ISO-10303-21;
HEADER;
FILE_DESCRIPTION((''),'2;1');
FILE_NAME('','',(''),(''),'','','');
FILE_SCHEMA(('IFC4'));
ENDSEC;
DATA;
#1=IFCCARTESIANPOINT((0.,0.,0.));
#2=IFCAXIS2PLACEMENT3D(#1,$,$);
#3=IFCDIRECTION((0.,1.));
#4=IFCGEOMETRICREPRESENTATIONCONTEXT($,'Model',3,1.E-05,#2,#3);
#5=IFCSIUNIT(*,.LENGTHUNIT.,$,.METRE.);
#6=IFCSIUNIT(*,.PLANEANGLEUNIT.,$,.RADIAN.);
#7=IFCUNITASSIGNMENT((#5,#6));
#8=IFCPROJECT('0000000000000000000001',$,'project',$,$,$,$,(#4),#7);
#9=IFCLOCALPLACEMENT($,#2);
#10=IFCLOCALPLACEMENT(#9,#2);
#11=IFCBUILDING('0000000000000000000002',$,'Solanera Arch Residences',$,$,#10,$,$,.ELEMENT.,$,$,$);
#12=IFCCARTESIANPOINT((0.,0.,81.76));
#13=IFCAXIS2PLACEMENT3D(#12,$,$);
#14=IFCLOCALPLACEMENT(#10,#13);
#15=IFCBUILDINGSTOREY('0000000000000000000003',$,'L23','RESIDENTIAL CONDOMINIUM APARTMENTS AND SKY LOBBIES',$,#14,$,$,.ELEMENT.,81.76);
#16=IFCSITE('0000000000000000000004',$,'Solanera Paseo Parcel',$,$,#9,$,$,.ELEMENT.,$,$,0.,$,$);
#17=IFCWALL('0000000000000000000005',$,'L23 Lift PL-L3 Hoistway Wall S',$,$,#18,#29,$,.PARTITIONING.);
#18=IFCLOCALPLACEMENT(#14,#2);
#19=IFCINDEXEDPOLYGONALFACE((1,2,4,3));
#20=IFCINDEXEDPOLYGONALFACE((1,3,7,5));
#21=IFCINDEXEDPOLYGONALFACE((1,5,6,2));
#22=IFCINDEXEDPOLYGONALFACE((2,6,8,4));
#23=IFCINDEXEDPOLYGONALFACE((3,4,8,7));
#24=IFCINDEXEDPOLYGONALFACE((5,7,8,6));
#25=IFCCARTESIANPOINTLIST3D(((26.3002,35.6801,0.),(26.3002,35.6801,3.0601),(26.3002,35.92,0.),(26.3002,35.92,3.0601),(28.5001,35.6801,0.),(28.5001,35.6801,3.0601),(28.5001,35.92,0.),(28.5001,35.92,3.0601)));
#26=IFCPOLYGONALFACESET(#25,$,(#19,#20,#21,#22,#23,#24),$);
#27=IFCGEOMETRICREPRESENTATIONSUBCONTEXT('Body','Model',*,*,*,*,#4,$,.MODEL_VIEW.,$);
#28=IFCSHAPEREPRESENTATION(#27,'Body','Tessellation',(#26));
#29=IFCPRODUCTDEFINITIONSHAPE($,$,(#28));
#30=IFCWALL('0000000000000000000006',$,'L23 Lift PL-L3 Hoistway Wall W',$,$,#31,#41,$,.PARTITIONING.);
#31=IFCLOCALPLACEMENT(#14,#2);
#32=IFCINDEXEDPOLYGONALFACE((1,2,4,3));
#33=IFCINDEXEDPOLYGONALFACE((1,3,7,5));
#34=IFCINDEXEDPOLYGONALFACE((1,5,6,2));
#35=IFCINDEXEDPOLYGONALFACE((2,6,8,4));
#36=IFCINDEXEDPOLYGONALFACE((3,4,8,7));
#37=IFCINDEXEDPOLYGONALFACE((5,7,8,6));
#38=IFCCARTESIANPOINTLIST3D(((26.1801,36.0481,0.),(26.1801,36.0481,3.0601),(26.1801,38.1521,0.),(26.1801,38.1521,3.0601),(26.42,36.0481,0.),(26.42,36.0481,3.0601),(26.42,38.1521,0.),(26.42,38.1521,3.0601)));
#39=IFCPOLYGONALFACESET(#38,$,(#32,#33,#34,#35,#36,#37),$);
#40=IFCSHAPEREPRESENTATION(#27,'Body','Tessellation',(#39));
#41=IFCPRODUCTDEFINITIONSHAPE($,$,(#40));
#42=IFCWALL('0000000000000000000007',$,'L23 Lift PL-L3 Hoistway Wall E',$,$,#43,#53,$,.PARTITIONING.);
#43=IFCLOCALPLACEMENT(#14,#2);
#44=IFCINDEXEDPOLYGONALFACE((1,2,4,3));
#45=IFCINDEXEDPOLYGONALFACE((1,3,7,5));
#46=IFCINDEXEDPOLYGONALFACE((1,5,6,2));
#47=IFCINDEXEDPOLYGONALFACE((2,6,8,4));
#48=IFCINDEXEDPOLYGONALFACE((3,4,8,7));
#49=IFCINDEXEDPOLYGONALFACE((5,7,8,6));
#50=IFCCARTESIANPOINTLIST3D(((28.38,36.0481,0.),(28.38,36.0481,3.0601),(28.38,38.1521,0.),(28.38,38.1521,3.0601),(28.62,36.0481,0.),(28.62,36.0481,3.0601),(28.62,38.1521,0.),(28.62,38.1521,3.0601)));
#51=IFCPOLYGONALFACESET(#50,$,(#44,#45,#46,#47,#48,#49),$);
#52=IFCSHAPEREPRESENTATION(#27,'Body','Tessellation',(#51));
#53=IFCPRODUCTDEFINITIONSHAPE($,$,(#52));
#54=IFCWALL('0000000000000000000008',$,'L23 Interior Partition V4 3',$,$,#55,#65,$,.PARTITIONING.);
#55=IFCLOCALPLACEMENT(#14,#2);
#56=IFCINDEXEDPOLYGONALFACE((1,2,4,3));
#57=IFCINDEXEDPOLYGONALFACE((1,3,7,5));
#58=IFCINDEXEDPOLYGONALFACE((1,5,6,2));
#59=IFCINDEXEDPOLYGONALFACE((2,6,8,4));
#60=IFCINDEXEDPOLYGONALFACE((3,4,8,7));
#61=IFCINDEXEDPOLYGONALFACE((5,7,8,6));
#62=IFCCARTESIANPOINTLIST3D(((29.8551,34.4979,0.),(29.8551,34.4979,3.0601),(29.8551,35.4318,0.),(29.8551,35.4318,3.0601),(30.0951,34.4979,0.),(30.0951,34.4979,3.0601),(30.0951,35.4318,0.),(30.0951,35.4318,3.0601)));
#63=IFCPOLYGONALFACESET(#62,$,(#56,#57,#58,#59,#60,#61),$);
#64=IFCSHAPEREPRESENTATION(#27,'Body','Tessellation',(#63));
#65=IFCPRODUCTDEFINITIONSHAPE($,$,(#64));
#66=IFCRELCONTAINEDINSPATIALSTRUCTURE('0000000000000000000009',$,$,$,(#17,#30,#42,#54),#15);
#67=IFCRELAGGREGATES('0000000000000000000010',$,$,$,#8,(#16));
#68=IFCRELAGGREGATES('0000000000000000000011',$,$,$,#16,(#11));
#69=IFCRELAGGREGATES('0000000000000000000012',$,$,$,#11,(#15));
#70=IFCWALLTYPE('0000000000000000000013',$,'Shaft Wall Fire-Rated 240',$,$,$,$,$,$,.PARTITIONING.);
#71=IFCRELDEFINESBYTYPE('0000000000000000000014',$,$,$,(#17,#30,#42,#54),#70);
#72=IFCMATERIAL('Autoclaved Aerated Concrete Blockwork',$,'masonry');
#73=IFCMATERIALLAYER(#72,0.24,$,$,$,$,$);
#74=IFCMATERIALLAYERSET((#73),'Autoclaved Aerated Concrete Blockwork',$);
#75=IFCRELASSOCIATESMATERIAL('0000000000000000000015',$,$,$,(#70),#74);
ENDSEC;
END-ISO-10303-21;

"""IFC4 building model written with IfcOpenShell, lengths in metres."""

from ifc_helpers import new_model, si_unit, direction, frame, frame_2d, origin, place, context, subcontext, project, spatial, rectangle, extrude, material, layer, layer_set, type_object, element, save


model = new_model("IFC4")

# Units and contexts
model_context = context("Model", 3, precision=1e-05, world=origin(), true_north=direction((0.0, 1.0)))
body_context = subcontext(model_context, "Body", "Model", "MODEL_VIEW")
ifc_project = project(units=[si_unit("LENGTHUNIT", "METRE"), si_unit("PLANEANGLEUNIT", "RADIAN")], contexts=[model_context])

# Site, building, storey
site_placement = place(None, origin())
site = spatial("IfcSite", under=ifc_project, at=site_placement, Name="Solanera Paseo Parcel", CompositionType="ELEMENT", RefElevation=0.0)
building_placement = place(site_placement, origin())
building = spatial("IfcBuilding", under=site, at=building_placement, Name="Solanera Arch Residences", CompositionType="ELEMENT")
storey_placement = place(building_placement, frame((0.0, 0.0, 81.76)))
storey = spatial("IfcBuildingStorey", under=building, at=storey_placement, Name="L23", Description="RESIDENTIAL CONDOMINIUM APARTMENTS AND SKY LOBBIES", CompositionType="ELEMENT", Elevation=81.76)

# Walls
ifc_material_1 = material(Name="Autoclaved Aerated Concrete Blockwork", Category="masonry")
ifc_layer_1 = layer(ifc_material_1, 0.24)
ifc_layer_set_1 = layer_set([ifc_layer_1], Name="Autoclaved Aerated Concrete Blockwork")
wall_type_1 = type_object("IfcWallType", Name="Shaft Wall Fire-Rated 240", PredefinedType="PARTITIONING", material=ifc_layer_set_1)
wall_1_placement = place(storey_placement, frame((26.3, 35.8, 0.0), z_axis=(0.0, 0.0, 1.0), x_axis=(1.0, 0.0, 0.0)))
element("IfcWall", 1, at=wall_1_placement, inside=storey, type_object=wall_type_1, Name="L23 Lift PL-L3 Hoistway Wall S", PredefinedType="PARTITIONING", context=body_context, shape_type="SweptSolid", body=[
    extrude(rectangle(XDim=2.2, YDim=0.24, at=frame_2d((1.1001, 0.0))), origin(), (0.0, 0.0, 1.0), 3.0601),
])
for number, where, z_axis, x_axis, name in (
    (2, (26.3, 36.0481, 0.0), (0.0, 0.0, 1.0), (0.0, 1.0, 0.0), "L23 Lift PL-L3 Hoistway Wall W"),
    (3, (28.5, 36.0481, 0.0), (0.0, 0.0, 1.0), (0.0, 1.0, 0.0), "L23 Lift PL-L3 Hoistway Wall E"),
):
    element("IfcWall", number, at=place(storey_placement, frame(where, z_axis=z_axis, x_axis=x_axis)), inside=storey, type_object=wall_type_1, Name=name, PredefinedType="PARTITIONING", context=body_context, shape_type="SweptSolid", body=[
        extrude(rectangle(XDim=2.104, YDim=0.24, at=frame_2d((1.052, 0.0))), origin(), (0.0, 0.0, 1.0), 3.0601),
    ])

# Wall
wall_2_placement = place(storey_placement, frame((29.9751, 34.498, 0.0), z_axis=(0.0, 0.0, 1.0), x_axis=(0.0, 1.0, 0.0)))
element("IfcWall", 4, at=wall_2_placement, inside=storey, type_object=wall_type_1, Name="L23 Interior Partition V4 3", PredefinedType="PARTITIONING", context=body_context, shape_type="SweptSolid", body=[
    extrude(rectangle(XDim=0.9338, YDim=0.24, at=frame_2d((0.4668, 0.0))), origin(), (0.0, 0.0, 1.0), 3.0601),
])

save(model, "model.ifc")
